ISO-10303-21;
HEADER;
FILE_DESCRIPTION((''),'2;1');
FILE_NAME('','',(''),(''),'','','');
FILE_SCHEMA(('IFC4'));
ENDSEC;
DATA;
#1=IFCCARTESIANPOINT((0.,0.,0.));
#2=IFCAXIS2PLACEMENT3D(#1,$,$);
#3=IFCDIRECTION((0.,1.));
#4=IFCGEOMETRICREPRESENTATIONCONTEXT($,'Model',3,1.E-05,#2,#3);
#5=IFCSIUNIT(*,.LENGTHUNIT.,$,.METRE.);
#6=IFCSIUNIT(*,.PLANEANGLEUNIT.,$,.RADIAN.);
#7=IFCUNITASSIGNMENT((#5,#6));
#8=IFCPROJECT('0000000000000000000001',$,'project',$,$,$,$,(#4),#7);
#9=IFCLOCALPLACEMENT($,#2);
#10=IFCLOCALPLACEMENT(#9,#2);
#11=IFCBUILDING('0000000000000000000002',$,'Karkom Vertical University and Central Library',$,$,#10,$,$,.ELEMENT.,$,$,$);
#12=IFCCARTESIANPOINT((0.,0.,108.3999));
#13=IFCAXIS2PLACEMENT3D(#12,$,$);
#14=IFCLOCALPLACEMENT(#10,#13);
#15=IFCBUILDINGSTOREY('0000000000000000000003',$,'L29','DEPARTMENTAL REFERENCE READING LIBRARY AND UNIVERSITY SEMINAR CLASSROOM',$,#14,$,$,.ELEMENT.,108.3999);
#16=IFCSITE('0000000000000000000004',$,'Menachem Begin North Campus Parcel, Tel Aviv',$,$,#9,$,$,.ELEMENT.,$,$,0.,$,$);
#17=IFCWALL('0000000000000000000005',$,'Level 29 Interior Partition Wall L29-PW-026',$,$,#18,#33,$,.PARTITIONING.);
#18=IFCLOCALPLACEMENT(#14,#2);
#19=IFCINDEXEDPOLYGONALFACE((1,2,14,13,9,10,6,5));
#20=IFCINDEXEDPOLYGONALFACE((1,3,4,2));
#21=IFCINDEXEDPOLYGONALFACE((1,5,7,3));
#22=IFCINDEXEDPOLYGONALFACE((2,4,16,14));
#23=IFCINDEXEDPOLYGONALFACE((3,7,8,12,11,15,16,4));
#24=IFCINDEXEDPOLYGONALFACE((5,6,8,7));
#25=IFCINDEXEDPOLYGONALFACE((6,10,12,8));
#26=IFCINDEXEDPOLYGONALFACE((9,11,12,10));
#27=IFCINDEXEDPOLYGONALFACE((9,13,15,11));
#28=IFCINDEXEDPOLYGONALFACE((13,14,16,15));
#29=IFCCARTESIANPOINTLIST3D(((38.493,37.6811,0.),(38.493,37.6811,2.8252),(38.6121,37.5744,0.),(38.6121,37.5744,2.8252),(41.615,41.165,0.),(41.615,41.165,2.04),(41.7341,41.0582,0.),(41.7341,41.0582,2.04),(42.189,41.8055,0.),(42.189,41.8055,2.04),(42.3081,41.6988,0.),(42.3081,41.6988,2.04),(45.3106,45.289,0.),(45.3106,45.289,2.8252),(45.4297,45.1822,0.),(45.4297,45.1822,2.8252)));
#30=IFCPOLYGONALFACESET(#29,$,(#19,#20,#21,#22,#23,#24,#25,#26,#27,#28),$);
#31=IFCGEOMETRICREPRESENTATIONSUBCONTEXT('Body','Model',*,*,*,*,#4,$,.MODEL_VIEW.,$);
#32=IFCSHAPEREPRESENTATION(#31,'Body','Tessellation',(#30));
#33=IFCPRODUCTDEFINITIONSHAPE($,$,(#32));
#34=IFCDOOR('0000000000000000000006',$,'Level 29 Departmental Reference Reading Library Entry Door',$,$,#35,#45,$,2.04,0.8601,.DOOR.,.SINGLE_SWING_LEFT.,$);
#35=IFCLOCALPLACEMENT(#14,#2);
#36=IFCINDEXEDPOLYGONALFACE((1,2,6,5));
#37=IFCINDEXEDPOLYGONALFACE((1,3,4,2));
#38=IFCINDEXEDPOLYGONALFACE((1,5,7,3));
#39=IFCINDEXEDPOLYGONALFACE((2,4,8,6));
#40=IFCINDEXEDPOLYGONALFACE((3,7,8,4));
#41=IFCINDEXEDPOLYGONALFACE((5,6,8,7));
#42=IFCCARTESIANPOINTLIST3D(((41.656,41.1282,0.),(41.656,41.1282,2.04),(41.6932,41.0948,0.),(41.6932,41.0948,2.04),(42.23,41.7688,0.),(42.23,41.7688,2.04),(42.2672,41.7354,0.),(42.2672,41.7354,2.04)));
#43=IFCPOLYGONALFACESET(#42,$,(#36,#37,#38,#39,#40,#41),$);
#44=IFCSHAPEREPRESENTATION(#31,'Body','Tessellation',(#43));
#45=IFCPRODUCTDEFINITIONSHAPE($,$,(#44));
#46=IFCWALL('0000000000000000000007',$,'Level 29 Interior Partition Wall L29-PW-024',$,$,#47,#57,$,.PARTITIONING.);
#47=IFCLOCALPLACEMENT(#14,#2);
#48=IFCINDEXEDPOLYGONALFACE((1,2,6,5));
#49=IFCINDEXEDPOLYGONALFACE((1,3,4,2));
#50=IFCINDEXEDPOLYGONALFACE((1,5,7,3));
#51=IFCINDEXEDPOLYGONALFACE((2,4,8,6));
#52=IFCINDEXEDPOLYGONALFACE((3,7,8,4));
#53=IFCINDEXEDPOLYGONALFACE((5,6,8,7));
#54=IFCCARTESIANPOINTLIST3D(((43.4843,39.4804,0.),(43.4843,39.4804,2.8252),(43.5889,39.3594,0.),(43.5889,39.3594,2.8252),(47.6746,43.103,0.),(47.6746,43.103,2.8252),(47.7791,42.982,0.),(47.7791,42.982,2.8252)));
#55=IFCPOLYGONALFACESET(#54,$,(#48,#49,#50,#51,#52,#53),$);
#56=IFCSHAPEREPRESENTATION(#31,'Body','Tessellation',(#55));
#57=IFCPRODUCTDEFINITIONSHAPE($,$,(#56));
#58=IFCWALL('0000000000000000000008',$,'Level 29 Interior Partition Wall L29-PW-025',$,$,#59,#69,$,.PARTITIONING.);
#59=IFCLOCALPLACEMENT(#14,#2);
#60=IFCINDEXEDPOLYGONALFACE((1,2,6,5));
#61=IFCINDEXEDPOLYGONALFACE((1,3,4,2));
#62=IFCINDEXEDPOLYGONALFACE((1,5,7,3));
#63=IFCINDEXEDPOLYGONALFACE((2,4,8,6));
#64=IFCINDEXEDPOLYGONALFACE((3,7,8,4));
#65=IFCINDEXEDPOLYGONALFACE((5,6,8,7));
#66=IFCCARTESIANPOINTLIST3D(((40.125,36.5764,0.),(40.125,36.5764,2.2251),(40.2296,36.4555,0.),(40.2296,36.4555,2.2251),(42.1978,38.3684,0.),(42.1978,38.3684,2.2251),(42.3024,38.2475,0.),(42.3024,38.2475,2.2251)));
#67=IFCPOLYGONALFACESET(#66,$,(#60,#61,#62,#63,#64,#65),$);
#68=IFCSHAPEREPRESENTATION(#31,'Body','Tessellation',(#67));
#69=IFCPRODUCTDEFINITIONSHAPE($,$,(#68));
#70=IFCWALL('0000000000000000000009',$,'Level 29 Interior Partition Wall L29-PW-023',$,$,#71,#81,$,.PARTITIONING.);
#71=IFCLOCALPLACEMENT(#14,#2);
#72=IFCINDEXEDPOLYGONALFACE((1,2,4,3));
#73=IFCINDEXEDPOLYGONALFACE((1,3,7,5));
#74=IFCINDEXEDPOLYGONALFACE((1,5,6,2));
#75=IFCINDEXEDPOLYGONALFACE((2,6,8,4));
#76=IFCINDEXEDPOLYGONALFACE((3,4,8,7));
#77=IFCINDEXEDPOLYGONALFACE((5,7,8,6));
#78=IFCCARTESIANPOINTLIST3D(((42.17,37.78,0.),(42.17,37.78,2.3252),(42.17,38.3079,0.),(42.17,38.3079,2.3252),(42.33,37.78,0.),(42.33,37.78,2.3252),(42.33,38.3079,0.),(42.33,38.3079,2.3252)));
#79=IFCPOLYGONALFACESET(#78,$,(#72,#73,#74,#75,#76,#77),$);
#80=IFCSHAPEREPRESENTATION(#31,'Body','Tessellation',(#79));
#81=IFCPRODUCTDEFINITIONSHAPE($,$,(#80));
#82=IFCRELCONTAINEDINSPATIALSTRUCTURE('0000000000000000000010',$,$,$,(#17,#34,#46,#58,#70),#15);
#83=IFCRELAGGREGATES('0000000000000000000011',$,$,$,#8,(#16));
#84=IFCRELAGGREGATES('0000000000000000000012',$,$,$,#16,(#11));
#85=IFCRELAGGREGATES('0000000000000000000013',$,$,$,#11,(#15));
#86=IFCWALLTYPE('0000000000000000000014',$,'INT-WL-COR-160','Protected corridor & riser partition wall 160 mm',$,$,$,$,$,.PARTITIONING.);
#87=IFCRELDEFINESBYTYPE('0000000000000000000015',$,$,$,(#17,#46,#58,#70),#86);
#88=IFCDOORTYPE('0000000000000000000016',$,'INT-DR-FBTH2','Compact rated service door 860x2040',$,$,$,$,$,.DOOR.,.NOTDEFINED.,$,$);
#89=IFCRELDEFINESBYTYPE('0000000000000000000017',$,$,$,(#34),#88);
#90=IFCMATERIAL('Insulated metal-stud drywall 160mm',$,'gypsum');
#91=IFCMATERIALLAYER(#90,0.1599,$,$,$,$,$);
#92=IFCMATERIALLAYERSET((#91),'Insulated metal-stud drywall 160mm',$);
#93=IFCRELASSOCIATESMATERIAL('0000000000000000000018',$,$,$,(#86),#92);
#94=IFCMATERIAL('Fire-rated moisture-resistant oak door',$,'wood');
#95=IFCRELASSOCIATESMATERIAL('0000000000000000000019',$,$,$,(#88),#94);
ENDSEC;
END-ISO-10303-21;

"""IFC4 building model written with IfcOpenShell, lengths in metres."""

from ifc_helpers import new_model, si_unit, direction, frame, frame_2d, origin, origin_with_axes, place, context, subcontext, project, spatial, rectangle, extrude, source, transform, mapped, material, layer, layer_set, type_object, element, fill, save


model = new_model("IFC4")

# Units and contexts
model_context = context("Model", 3, precision=1e-05, world=origin(), true_north=direction((0.0, 1.0)))
body_context = subcontext(model_context, "Body", "Model", "MODEL_VIEW")
ifc_project = project(units=[si_unit("LENGTHUNIT", "METRE"), si_unit("PLANEANGLEUNIT", "RADIAN")], contexts=[model_context])

# Site, building, storey
site_placement = place(None, origin())
site = spatial("IfcSite", under=ifc_project, at=site_placement, Name="Menachem Begin North Campus Parcel, Tel Aviv", CompositionType="ELEMENT", RefElevation=0.0)
building_placement = place(site_placement, origin())
building = spatial("IfcBuilding", under=site, at=building_placement, Name="Karkom Vertical University and Central Library", CompositionType="ELEMENT")
storey_placement = place(building_placement, frame((0.0, 0.0, 108.3999)))
storey = spatial("IfcBuildingStorey", under=building, at=storey_placement, Name="L29", Description="DEPARTMENTAL REFERENCE READING LIBRARY AND UNIVERSITY SEMINAR CLASSROOM", CompositionType="ELEMENT", Elevation=108.3999)

# Shared definitions
ifc_material_1 = material(Name="Insulated metal-stud drywall 160mm", Category="gypsum")
ifc_layer_1 = layer(ifc_material_1, 0.1599)
ifc_layer_set_1 = layer_set([ifc_layer_1], Name="Insulated metal-stud drywall 160mm")
wall_type_1 = type_object("IfcWallType", Name="INT-WL-COR-160", Description="Protected corridor & riser partition wall 160 mm", PredefinedType="PARTITIONING", material=ifc_layer_set_1)

# Wall, opening, door
wall_1_placement = place(storey_placement, frame((38.5525, 37.6277, 0.0), z_axis=(0.0, 0.0, 1.0), x_axis=(0.667368, 0.744728, 0.0)))
wall_1 = element("IfcWall", 1, at=wall_1_placement, inside=storey, type_object=wall_type_1, Name="Level 29 Interior Partition Wall L29-PW-026", PredefinedType="PARTITIONING", context=body_context, shape_type="SweptSolid", body=[
    extrude(rectangle(XDim=10.2156, YDim=0.1599, at=frame_2d((5.1079, 0.0))), origin(), (0.0, 0.0, 1.0), 2.8252),
])
opening_1_placement = place(wall_1_placement, frame((4.678, 0.0, 0.0)))
opening_1 = element("IfcOpeningElement", 2, at=opening_1_placement, cuts=wall_1, PredefinedType="OPENING", context=body_context, shape_type="SweptSolid", body=[
    extrude(rectangle(XDim=0.8601, YDim=2.04, at=frame_2d((0.4302, 1.02))), frame((0.0, 0.0898, 0.0), z_axis=(0.0, -1.0, 0.0), x_axis=(1.0, 0.0, 0.0)), (0.0, 0.0, 1.0), 0.1799),
])
ifc_material_2 = material(Name="Fire-rated moisture-resistant oak door", Category="wood")
door_type_1 = type_object("IfcDoorType", Name="INT-DR-FBTH2", Description="Compact rated service door 860x2040", OperationType="NOTDEFINED", PredefinedType="DOOR", material=ifc_material_2)
shared_shape_1 = source(origin_with_axes(), body_context, "Body", "SweptSolid", [
    extrude(rectangle(XDim=0.8601, YDim=2.04, at=frame_2d((0.4302, 1.02))), frame((0.0, 0.0249, 0.0), z_axis=(0.0, -1.0, 0.0), x_axis=(1.0, 0.0, 0.0)), (0.0, 0.0, 1.0), 0.05),
])
door_1_placement = place(opening_1_placement, origin())
door_1 = element("IfcDoor", 3, at=door_1_placement, inside=storey, type_object=door_type_1, Name="Level 29 Departmental Reference Reading Library Entry Door", OperationType="SINGLE_SWING_LEFT", OverallHeight=2.04, OverallWidth=0.8601, PredefinedType="DOOR", context=body_context, shape_type="MappedRepresentation", body=[
    mapped(shared_shape_1, transform((0.0, 0.0, 0.0), scale=1.0)),
])
fill(opening_1, door_1)

# Walls
wall_2_placement = place(storey_placement, frame((43.5366, 39.4199, 0.0), z_axis=(0.0, 0.0, 1.0), x_axis=(0.756487, 0.654009, 0.0)))
element("IfcWall", 4, at=wall_2_placement, inside=storey, type_object=wall_type_1, Name="Level 29 Interior Partition Wall L29-PW-024", PredefinedType="PARTITIONING", context=body_context, shape_type="SweptSolid", body=[
    extrude(rectangle(XDim=5.5391, YDim=0.1599, at=frame_2d((2.7695, 0.0))), origin(), (0.0, 0.0, 1.0), 2.8252),
])
wall_3_placement = place(storey_placement, frame((40.1772, 36.5159, 0.0), z_axis=(0.0, 0.0, 1.0), x_axis=(0.756482, 0.654014, 0.0)))
element("IfcWall", 5, at=wall_3_placement, inside=storey, type_object=wall_type_1, Name="Level 29 Interior Partition Wall L29-PW-025", PredefinedType="PARTITIONING", context=body_context, shape_type="SweptSolid", body=[
    extrude(rectangle(XDim=2.74, YDim=0.1599, at=frame_2d((1.3701, 0.0))), origin(), (0.0, 0.0, 1.0), 2.2251),
])
wall_4_placement = place(storey_placement, frame((42.25, 38.3079, 0.0), z_axis=(0.0, 0.0, 1.0), x_axis=(0.0, -1.0, 0.0)))
element("IfcWall", 6, at=wall_4_placement, inside=storey, type_object=wall_type_1, Name="Level 29 Interior Partition Wall L29-PW-023", PredefinedType="PARTITIONING", context=body_context, shape_type="SweptSolid", body=[
    extrude(rectangle(XDim=0.5278, YDim=0.1599, at=frame_2d((0.2639, 0.0))), origin(), (0.0, 0.0, 1.0), 2.3252),
])

save(model, "model.ifc")
